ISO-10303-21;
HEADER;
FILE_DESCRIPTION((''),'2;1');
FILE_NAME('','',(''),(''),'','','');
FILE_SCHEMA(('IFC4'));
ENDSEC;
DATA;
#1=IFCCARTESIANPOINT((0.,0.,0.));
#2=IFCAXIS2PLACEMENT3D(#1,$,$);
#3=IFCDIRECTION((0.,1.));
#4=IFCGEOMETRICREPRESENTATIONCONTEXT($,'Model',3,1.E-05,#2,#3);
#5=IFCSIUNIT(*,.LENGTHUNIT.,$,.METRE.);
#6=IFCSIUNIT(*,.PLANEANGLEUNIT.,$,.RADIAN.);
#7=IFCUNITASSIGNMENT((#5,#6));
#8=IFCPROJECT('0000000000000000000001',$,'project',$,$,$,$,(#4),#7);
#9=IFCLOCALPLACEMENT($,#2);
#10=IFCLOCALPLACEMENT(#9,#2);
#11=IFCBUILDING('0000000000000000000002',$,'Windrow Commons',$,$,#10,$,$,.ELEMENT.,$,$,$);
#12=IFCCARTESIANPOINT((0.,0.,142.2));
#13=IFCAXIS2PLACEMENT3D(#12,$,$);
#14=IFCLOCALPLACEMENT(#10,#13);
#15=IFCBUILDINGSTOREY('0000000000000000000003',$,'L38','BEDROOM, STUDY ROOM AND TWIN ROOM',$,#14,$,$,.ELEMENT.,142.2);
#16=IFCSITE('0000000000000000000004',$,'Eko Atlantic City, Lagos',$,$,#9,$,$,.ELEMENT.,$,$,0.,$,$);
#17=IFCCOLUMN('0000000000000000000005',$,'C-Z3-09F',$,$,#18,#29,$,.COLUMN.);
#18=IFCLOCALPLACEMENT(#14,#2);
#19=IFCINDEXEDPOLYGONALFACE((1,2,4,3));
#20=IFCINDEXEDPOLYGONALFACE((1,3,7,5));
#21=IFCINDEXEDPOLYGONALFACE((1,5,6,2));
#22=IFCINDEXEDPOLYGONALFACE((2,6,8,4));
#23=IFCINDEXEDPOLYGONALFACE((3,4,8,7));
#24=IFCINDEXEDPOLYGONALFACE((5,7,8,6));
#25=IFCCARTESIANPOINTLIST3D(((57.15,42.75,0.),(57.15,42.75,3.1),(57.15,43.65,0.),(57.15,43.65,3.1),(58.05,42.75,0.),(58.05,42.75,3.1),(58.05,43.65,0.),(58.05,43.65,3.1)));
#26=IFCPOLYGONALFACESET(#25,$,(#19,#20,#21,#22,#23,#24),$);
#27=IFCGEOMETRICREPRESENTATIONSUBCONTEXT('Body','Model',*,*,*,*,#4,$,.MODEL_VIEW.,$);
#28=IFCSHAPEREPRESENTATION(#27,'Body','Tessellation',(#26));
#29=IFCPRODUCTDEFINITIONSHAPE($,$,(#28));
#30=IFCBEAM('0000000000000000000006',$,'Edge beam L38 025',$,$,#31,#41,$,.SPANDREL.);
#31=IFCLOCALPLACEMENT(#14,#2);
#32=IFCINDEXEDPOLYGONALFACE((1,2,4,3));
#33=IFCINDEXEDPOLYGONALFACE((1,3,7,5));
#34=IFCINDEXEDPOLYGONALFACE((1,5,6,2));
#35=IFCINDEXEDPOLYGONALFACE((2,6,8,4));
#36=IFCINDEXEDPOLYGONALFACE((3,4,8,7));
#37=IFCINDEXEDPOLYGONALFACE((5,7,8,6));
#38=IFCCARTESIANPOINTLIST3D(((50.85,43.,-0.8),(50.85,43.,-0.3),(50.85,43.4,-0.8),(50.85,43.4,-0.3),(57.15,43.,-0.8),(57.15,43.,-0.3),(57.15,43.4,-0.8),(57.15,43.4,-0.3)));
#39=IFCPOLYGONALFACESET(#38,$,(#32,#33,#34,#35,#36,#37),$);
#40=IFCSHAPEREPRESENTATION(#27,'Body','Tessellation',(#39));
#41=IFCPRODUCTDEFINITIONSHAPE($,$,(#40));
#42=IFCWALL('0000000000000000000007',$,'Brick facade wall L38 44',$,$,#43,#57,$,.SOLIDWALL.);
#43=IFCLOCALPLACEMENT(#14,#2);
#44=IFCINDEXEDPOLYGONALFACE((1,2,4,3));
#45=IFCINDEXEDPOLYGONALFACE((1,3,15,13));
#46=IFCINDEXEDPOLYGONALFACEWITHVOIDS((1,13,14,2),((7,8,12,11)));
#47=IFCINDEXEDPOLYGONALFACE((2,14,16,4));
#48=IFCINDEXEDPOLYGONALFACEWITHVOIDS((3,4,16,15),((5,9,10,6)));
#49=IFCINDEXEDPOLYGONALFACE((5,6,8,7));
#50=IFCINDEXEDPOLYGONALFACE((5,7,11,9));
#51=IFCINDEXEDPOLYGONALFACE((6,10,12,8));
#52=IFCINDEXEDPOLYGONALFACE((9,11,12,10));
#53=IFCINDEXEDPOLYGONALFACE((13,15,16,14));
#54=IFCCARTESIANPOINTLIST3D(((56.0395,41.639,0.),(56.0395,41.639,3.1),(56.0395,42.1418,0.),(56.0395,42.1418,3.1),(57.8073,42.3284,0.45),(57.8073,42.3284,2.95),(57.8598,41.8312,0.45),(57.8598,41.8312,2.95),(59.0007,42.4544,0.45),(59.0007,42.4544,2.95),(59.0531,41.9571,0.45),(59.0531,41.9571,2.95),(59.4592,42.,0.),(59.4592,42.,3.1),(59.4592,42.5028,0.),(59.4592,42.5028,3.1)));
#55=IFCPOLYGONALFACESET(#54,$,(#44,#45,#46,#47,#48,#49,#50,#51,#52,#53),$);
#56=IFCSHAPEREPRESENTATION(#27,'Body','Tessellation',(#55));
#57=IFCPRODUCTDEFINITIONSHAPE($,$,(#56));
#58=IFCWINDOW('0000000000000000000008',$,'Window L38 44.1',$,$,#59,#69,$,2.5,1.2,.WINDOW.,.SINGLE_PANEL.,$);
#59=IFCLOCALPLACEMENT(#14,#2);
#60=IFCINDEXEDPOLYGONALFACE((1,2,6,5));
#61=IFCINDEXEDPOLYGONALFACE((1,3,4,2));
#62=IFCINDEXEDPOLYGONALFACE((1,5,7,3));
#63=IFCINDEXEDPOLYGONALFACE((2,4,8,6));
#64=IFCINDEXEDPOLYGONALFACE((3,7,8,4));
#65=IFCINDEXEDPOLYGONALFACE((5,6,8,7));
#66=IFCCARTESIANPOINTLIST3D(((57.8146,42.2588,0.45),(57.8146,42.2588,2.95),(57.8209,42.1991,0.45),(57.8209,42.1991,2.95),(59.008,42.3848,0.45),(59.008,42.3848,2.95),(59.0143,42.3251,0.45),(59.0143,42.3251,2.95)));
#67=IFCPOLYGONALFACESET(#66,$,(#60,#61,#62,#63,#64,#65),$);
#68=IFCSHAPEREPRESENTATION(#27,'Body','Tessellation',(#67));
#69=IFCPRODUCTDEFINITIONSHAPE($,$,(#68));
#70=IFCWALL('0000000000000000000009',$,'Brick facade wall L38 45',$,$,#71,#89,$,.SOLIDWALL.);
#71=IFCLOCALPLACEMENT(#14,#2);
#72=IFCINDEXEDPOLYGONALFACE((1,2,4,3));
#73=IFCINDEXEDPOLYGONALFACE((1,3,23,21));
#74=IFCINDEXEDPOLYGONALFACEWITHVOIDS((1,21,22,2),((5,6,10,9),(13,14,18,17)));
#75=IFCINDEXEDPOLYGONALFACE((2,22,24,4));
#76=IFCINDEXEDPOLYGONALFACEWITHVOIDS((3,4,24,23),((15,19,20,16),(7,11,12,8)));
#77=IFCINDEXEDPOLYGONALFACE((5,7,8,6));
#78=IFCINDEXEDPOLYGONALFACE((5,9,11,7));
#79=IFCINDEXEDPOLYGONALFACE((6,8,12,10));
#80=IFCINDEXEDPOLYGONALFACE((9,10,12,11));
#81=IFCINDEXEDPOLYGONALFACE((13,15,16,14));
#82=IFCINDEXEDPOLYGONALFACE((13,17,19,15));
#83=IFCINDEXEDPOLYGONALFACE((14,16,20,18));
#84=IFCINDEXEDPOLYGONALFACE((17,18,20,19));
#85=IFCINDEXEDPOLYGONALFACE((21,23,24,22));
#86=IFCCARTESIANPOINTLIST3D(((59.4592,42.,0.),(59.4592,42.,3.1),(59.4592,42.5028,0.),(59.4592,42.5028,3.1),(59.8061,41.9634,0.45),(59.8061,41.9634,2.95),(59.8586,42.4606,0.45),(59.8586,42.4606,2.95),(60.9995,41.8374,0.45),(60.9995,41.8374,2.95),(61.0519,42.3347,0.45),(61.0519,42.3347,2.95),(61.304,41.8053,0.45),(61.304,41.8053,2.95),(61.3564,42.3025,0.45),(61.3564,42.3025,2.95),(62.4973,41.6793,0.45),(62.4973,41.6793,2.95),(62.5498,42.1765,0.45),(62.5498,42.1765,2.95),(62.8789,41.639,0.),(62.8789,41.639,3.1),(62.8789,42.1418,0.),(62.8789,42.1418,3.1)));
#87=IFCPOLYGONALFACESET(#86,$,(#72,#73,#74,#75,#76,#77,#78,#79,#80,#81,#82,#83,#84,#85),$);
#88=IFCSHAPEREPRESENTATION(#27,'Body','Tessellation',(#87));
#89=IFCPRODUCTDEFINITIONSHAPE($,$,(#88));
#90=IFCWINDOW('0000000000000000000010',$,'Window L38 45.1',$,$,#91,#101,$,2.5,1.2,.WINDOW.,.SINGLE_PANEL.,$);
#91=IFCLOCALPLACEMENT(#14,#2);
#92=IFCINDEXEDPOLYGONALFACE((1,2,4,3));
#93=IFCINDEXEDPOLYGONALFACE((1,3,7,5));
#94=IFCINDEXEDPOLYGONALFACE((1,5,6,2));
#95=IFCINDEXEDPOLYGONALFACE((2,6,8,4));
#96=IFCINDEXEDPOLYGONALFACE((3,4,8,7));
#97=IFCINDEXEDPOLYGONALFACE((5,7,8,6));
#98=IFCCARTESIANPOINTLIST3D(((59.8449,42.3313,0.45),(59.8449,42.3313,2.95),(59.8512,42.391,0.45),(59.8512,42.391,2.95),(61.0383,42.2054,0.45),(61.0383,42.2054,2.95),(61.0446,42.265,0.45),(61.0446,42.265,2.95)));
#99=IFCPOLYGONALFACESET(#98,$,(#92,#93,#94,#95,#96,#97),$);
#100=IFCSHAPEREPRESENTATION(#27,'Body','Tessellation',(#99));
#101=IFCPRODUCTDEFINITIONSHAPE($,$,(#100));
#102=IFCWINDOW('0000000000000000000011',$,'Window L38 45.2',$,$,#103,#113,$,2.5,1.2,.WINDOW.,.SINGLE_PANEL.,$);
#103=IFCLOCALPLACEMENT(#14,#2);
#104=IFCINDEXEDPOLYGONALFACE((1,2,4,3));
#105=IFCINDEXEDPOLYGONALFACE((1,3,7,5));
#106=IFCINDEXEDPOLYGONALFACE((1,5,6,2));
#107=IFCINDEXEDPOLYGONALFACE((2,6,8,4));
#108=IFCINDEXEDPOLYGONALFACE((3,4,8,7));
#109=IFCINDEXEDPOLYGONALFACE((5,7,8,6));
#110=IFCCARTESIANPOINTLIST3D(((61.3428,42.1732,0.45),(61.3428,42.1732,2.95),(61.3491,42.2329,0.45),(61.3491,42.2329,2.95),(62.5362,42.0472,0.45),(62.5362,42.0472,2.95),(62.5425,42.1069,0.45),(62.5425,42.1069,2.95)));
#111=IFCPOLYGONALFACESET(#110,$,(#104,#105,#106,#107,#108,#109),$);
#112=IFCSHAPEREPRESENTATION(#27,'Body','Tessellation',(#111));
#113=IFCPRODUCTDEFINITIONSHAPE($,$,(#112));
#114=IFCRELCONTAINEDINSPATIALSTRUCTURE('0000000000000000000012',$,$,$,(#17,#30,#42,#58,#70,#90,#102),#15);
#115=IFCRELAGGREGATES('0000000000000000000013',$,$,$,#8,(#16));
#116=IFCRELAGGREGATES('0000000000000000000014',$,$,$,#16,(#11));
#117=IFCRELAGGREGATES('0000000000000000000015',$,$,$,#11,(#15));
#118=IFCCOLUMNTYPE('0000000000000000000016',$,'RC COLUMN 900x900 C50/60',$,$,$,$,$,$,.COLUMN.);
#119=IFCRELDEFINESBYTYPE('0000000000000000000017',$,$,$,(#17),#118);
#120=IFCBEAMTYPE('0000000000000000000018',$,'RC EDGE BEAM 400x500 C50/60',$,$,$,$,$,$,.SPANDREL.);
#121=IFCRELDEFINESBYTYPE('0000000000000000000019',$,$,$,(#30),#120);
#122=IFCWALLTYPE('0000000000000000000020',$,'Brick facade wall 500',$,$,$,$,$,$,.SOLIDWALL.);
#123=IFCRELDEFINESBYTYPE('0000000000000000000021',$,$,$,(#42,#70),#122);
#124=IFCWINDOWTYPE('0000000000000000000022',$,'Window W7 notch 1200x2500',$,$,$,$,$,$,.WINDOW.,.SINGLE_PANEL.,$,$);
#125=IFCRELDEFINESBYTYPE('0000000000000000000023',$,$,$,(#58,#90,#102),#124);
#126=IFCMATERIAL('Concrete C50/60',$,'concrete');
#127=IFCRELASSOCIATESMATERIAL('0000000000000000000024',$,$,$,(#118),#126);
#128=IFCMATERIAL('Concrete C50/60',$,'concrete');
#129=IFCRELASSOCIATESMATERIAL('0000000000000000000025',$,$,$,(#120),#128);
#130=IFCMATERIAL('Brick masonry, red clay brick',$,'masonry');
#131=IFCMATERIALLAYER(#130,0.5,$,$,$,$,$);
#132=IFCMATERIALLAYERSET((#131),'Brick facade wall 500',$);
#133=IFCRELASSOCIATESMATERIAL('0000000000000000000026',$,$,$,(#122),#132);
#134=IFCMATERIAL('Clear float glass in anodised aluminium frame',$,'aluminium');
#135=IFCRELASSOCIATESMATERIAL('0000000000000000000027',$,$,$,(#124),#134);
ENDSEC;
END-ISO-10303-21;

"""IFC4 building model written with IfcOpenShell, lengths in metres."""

from ifc_helpers import new_model, si_unit, direction, frame, frame_2d, origin, origin_2d, place, context, subcontext, project, spatial, polyline, rectangle, outline, extrude, material, layer, layer_set, material_profile, profile_set, type_object, element, fill, save


model = new_model("IFC4")

# Units and contexts
model_context = context("Model", 3, precision=1e-05, world=origin(), true_north=direction((0.0, 1.0)))
body_context = subcontext(model_context, "Body", "Model", "MODEL_VIEW")
ifc_project = project(units=[si_unit("LENGTHUNIT", "METRE"), si_unit("PLANEANGLEUNIT", "RADIAN")], contexts=[model_context])

# Site, building, storey
site_placement = place(None, origin())
site = spatial("IfcSite", under=ifc_project, at=site_placement, Name="Eko Atlantic City, Lagos", CompositionType="ELEMENT", RefElevation=0.0)
building_placement = place(site_placement, origin())
building = spatial("IfcBuilding", under=site, at=building_placement, Name="Windrow Commons", CompositionType="ELEMENT")
storey_placement = place(building_placement, frame((0.0, 0.0, 142.2)))
storey = spatial("IfcBuildingStorey", under=building, at=storey_placement, Name="L38", Description="BEDROOM, STUDY ROOM AND TWIN ROOM", CompositionType="ELEMENT", Elevation=142.2)

# Column
ifc_material_1 = material(Name="Concrete C50/60", Category="concrete")
ifc_material_profile_1 = material_profile(ifc_material_1, rectangle(XDim=0.9, YDim=0.9, at=origin_2d()))
ifc_profile_set_1 = profile_set([ifc_material_profile_1], Name="Concrete C50/60")
column_type = type_object("IfcColumnType", Name="RC COLUMN 900x900 C50/60", PredefinedType="COLUMN", material=ifc_profile_set_1)
column_placement = place(storey_placement, frame((57.6, 43.2, 0.0), z_axis=(0.0, 0.0, 1.0), x_axis=(1.0, 0.0, 0.0)))
element("IfcColumn", 1, at=column_placement, inside=storey, type_object=column_type, Name="C-Z3-09F", PredefinedType="COLUMN", context=body_context, shape_type="SweptSolid", body=[
    extrude(rectangle(XDim=0.9, YDim=0.9, at=origin_2d()), origin(), (0.0, 0.0, 1.0), 3.1),
])

# Beam
ifc_material_2 = material(Name="Concrete C50/60", Category="concrete")
ifc_material_profile_2 = material_profile(ifc_material_2, rectangle(XDim=0.4, YDim=0.5, at=origin_2d()))
ifc_profile_set_2 = profile_set([ifc_material_profile_2], Name="Concrete C50/60")
beam_type = type_object("IfcBeamType", Name="RC EDGE BEAM 400x500 C50/60", PredefinedType="SPANDREL", material=ifc_profile_set_2)
beam_placement = place(storey_placement, frame((57.15, 43.2, -0.55), z_axis=(-1.0, 0.0, 0.0), x_axis=(0.0, -1.0, 0.0)))
element("IfcBeam", 2, at=beam_placement, inside=storey, type_object=beam_type, Name="Edge beam L38 025", PredefinedType="SPANDREL", context=body_context, shape_type="SweptSolid", body=[
    extrude(rectangle(XDim=0.4, YDim=0.5, at=origin_2d()), origin(), (0.0, 0.0, 1.0), 6.3),
])

# Wall, opening, window
ifc_material_3 = material(Name="Brick masonry, red clay brick", Category="masonry")
ifc_layer_1 = layer(ifc_material_3, 0.5)
ifc_layer_set_1 = layer_set([ifc_layer_1], Name="Brick facade wall 500")
wall_type_1 = type_object("IfcWallType", Name="Brick facade wall 500", PredefinedType="SOLIDWALL", material=ifc_layer_set_1)
wall_1_placement = place(storey_placement, frame((56.0395, 41.8904, 0.0), z_axis=(0.0, 0.0, 1.0), x_axis=(0.994474, 0.104981, 0.0)))
wall_1 = element("IfcWall", 3, at=wall_1_placement, inside=storey, type_object=wall_type_1, Name="Brick facade wall L38 44", PredefinedType="SOLIDWALL", context=body_context, shape_type="SweptSolid", body=[
    extrude(outline(polyline([(-0.0264, -0.25), (3.4123, -0.25), (3.4651, 0.25), (0.0264, 0.25), (-0.0264, -0.25)])), origin(), (0.0, 0.0, 1.0), 3.1),
])
opening_1_placement = place(wall_1_placement, frame((1.804, 0.0, 0.45)))
opening_1 = element("IfcOpeningElement", 4, at=opening_1_placement, cuts=wall_1, PredefinedType="OPENING", context=body_context, shape_type="SweptSolid", body=[
    extrude(rectangle(XDim=1.2, YDim=2.5, at=frame_2d((0.6, 1.25))), frame((0.0, 0.26, 0.0), z_axis=(0.0, -1.0, 0.0), x_axis=(1.0, 0.0, 0.0)), (0.0, 0.0, 1.0), 0.52),
])
ifc_material_4 = material(Name="Clear float glass in anodised aluminium frame", Category="aluminium")
window_type = type_object("IfcWindowType", Name="Window W7 notch 1200x2500", PartitioningType="SINGLE_PANEL", PredefinedType="WINDOW", material=ifc_material_4)
window_1_placement = place(opening_1_placement, origin())
window_1 = element("IfcWindow", 5, at=window_1_placement, inside=storey, type_object=window_type, Name="Window L38 44.1", OverallHeight=2.5, OverallWidth=1.2, PartitioningType="SINGLE_PANEL", PredefinedType="WINDOW", context=body_context, shape_type="SweptSolid", body=[
    extrude(rectangle(XDim=1.2, YDim=2.5, at=frame_2d((0.6, 1.25))), frame((0.0, 0.18, 0.0), z_axis=(0.0, -1.0, 0.0), x_axis=(1.0, 0.0, 0.0)), (0.0, 0.0, 1.0), 0.06),
])
fill(opening_1, window_1)

# Wall, openings, windows
wall_2_placement = place(storey_placement, frame((59.4592, 42.2514, 0.0), z_axis=(0.0, 0.0, 1.0), x_axis=(0.994474, -0.104981, 0.0)))
wall_2 = element("IfcWall", 6, at=wall_2_placement, inside=storey, type_object=wall_type_1, Name="Brick facade wall L38 45", PredefinedType="SOLIDWALL", context=body_context, shape_type="SweptSolid", body=[
    extrude(outline(polyline([(0.0264, -0.25), (3.4651, -0.25), (3.4123, 0.25), (-0.0264, 0.25), (0.0264, -0.25)])), origin(), (0.0, 0.0, 1.0), 3.1),
])
opening_2_placement = place(wall_2_placement, frame((0.3752, 0.0, 0.45)))
opening_2 = element("IfcOpeningElement", 7, at=opening_2_placement, cuts=wall_2, PredefinedType="OPENING", context=body_context, shape_type="SweptSolid", body=[
    extrude(rectangle(XDim=1.2, YDim=2.5, at=frame_2d((0.6, 1.25))), frame((0.0, 0.26, 0.0), z_axis=(0.0, -1.0, 0.0), x_axis=(1.0, 0.0, 0.0)), (0.0, 0.0, 1.0), 0.52),
])
opening_3_placement = place(wall_2_placement, frame((1.8814, 0.0, 0.45)))
opening_3 = element("IfcOpeningElement", 8, at=opening_3_placement, cuts=wall_2, PredefinedType="OPENING", context=body_context, shape_type="SweptSolid", body=[
    extrude(rectangle(XDim=1.2, YDim=2.5, at=frame_2d((0.6, 1.25))), frame((0.0, 0.26, 0.0), z_axis=(0.0, -1.0, 0.0), x_axis=(1.0, 0.0, 0.0)), (0.0, 0.0, 1.0), 0.52),
])
window_2_placement = place(opening_2_placement, origin())
window_2 = element("IfcWindow", 9, at=window_2_placement, inside=storey, type_object=window_type, Name="Window L38 45.1", OverallHeight=2.5, OverallWidth=1.2, PartitioningType="SINGLE_PANEL", PredefinedType="WINDOW", context=body_context, shape_type="SweptSolid", body=[
    extrude(rectangle(XDim=1.2, YDim=2.5, at=frame_2d((0.6, 1.25))), frame((0.0, 0.18, 0.0), z_axis=(0.0, -1.0, 0.0), x_axis=(1.0, 0.0, 0.0)), (0.0, 0.0, 1.0), 0.06),
])
fill(opening_2, window_2)
window_3_placement = place(opening_3_placement, origin())
window_3 = element("IfcWindow", 10, at=window_3_placement, inside=storey, type_object=window_type, Name="Window L38 45.2", OverallHeight=2.5, OverallWidth=1.2, PartitioningType="SINGLE_PANEL", PredefinedType="WINDOW", context=body_context, shape_type="SweptSolid", body=[
    extrude(rectangle(XDim=1.2, YDim=2.5, at=frame_2d((0.6, 1.25))), frame((0.0, 0.18, 0.0), z_axis=(0.0, -1.0, 0.0), x_axis=(1.0, 0.0, 0.0)), (0.0, 0.0, 1.0), 0.06),
])
fill(opening_3, window_3)

save(model, "model.ifc")
